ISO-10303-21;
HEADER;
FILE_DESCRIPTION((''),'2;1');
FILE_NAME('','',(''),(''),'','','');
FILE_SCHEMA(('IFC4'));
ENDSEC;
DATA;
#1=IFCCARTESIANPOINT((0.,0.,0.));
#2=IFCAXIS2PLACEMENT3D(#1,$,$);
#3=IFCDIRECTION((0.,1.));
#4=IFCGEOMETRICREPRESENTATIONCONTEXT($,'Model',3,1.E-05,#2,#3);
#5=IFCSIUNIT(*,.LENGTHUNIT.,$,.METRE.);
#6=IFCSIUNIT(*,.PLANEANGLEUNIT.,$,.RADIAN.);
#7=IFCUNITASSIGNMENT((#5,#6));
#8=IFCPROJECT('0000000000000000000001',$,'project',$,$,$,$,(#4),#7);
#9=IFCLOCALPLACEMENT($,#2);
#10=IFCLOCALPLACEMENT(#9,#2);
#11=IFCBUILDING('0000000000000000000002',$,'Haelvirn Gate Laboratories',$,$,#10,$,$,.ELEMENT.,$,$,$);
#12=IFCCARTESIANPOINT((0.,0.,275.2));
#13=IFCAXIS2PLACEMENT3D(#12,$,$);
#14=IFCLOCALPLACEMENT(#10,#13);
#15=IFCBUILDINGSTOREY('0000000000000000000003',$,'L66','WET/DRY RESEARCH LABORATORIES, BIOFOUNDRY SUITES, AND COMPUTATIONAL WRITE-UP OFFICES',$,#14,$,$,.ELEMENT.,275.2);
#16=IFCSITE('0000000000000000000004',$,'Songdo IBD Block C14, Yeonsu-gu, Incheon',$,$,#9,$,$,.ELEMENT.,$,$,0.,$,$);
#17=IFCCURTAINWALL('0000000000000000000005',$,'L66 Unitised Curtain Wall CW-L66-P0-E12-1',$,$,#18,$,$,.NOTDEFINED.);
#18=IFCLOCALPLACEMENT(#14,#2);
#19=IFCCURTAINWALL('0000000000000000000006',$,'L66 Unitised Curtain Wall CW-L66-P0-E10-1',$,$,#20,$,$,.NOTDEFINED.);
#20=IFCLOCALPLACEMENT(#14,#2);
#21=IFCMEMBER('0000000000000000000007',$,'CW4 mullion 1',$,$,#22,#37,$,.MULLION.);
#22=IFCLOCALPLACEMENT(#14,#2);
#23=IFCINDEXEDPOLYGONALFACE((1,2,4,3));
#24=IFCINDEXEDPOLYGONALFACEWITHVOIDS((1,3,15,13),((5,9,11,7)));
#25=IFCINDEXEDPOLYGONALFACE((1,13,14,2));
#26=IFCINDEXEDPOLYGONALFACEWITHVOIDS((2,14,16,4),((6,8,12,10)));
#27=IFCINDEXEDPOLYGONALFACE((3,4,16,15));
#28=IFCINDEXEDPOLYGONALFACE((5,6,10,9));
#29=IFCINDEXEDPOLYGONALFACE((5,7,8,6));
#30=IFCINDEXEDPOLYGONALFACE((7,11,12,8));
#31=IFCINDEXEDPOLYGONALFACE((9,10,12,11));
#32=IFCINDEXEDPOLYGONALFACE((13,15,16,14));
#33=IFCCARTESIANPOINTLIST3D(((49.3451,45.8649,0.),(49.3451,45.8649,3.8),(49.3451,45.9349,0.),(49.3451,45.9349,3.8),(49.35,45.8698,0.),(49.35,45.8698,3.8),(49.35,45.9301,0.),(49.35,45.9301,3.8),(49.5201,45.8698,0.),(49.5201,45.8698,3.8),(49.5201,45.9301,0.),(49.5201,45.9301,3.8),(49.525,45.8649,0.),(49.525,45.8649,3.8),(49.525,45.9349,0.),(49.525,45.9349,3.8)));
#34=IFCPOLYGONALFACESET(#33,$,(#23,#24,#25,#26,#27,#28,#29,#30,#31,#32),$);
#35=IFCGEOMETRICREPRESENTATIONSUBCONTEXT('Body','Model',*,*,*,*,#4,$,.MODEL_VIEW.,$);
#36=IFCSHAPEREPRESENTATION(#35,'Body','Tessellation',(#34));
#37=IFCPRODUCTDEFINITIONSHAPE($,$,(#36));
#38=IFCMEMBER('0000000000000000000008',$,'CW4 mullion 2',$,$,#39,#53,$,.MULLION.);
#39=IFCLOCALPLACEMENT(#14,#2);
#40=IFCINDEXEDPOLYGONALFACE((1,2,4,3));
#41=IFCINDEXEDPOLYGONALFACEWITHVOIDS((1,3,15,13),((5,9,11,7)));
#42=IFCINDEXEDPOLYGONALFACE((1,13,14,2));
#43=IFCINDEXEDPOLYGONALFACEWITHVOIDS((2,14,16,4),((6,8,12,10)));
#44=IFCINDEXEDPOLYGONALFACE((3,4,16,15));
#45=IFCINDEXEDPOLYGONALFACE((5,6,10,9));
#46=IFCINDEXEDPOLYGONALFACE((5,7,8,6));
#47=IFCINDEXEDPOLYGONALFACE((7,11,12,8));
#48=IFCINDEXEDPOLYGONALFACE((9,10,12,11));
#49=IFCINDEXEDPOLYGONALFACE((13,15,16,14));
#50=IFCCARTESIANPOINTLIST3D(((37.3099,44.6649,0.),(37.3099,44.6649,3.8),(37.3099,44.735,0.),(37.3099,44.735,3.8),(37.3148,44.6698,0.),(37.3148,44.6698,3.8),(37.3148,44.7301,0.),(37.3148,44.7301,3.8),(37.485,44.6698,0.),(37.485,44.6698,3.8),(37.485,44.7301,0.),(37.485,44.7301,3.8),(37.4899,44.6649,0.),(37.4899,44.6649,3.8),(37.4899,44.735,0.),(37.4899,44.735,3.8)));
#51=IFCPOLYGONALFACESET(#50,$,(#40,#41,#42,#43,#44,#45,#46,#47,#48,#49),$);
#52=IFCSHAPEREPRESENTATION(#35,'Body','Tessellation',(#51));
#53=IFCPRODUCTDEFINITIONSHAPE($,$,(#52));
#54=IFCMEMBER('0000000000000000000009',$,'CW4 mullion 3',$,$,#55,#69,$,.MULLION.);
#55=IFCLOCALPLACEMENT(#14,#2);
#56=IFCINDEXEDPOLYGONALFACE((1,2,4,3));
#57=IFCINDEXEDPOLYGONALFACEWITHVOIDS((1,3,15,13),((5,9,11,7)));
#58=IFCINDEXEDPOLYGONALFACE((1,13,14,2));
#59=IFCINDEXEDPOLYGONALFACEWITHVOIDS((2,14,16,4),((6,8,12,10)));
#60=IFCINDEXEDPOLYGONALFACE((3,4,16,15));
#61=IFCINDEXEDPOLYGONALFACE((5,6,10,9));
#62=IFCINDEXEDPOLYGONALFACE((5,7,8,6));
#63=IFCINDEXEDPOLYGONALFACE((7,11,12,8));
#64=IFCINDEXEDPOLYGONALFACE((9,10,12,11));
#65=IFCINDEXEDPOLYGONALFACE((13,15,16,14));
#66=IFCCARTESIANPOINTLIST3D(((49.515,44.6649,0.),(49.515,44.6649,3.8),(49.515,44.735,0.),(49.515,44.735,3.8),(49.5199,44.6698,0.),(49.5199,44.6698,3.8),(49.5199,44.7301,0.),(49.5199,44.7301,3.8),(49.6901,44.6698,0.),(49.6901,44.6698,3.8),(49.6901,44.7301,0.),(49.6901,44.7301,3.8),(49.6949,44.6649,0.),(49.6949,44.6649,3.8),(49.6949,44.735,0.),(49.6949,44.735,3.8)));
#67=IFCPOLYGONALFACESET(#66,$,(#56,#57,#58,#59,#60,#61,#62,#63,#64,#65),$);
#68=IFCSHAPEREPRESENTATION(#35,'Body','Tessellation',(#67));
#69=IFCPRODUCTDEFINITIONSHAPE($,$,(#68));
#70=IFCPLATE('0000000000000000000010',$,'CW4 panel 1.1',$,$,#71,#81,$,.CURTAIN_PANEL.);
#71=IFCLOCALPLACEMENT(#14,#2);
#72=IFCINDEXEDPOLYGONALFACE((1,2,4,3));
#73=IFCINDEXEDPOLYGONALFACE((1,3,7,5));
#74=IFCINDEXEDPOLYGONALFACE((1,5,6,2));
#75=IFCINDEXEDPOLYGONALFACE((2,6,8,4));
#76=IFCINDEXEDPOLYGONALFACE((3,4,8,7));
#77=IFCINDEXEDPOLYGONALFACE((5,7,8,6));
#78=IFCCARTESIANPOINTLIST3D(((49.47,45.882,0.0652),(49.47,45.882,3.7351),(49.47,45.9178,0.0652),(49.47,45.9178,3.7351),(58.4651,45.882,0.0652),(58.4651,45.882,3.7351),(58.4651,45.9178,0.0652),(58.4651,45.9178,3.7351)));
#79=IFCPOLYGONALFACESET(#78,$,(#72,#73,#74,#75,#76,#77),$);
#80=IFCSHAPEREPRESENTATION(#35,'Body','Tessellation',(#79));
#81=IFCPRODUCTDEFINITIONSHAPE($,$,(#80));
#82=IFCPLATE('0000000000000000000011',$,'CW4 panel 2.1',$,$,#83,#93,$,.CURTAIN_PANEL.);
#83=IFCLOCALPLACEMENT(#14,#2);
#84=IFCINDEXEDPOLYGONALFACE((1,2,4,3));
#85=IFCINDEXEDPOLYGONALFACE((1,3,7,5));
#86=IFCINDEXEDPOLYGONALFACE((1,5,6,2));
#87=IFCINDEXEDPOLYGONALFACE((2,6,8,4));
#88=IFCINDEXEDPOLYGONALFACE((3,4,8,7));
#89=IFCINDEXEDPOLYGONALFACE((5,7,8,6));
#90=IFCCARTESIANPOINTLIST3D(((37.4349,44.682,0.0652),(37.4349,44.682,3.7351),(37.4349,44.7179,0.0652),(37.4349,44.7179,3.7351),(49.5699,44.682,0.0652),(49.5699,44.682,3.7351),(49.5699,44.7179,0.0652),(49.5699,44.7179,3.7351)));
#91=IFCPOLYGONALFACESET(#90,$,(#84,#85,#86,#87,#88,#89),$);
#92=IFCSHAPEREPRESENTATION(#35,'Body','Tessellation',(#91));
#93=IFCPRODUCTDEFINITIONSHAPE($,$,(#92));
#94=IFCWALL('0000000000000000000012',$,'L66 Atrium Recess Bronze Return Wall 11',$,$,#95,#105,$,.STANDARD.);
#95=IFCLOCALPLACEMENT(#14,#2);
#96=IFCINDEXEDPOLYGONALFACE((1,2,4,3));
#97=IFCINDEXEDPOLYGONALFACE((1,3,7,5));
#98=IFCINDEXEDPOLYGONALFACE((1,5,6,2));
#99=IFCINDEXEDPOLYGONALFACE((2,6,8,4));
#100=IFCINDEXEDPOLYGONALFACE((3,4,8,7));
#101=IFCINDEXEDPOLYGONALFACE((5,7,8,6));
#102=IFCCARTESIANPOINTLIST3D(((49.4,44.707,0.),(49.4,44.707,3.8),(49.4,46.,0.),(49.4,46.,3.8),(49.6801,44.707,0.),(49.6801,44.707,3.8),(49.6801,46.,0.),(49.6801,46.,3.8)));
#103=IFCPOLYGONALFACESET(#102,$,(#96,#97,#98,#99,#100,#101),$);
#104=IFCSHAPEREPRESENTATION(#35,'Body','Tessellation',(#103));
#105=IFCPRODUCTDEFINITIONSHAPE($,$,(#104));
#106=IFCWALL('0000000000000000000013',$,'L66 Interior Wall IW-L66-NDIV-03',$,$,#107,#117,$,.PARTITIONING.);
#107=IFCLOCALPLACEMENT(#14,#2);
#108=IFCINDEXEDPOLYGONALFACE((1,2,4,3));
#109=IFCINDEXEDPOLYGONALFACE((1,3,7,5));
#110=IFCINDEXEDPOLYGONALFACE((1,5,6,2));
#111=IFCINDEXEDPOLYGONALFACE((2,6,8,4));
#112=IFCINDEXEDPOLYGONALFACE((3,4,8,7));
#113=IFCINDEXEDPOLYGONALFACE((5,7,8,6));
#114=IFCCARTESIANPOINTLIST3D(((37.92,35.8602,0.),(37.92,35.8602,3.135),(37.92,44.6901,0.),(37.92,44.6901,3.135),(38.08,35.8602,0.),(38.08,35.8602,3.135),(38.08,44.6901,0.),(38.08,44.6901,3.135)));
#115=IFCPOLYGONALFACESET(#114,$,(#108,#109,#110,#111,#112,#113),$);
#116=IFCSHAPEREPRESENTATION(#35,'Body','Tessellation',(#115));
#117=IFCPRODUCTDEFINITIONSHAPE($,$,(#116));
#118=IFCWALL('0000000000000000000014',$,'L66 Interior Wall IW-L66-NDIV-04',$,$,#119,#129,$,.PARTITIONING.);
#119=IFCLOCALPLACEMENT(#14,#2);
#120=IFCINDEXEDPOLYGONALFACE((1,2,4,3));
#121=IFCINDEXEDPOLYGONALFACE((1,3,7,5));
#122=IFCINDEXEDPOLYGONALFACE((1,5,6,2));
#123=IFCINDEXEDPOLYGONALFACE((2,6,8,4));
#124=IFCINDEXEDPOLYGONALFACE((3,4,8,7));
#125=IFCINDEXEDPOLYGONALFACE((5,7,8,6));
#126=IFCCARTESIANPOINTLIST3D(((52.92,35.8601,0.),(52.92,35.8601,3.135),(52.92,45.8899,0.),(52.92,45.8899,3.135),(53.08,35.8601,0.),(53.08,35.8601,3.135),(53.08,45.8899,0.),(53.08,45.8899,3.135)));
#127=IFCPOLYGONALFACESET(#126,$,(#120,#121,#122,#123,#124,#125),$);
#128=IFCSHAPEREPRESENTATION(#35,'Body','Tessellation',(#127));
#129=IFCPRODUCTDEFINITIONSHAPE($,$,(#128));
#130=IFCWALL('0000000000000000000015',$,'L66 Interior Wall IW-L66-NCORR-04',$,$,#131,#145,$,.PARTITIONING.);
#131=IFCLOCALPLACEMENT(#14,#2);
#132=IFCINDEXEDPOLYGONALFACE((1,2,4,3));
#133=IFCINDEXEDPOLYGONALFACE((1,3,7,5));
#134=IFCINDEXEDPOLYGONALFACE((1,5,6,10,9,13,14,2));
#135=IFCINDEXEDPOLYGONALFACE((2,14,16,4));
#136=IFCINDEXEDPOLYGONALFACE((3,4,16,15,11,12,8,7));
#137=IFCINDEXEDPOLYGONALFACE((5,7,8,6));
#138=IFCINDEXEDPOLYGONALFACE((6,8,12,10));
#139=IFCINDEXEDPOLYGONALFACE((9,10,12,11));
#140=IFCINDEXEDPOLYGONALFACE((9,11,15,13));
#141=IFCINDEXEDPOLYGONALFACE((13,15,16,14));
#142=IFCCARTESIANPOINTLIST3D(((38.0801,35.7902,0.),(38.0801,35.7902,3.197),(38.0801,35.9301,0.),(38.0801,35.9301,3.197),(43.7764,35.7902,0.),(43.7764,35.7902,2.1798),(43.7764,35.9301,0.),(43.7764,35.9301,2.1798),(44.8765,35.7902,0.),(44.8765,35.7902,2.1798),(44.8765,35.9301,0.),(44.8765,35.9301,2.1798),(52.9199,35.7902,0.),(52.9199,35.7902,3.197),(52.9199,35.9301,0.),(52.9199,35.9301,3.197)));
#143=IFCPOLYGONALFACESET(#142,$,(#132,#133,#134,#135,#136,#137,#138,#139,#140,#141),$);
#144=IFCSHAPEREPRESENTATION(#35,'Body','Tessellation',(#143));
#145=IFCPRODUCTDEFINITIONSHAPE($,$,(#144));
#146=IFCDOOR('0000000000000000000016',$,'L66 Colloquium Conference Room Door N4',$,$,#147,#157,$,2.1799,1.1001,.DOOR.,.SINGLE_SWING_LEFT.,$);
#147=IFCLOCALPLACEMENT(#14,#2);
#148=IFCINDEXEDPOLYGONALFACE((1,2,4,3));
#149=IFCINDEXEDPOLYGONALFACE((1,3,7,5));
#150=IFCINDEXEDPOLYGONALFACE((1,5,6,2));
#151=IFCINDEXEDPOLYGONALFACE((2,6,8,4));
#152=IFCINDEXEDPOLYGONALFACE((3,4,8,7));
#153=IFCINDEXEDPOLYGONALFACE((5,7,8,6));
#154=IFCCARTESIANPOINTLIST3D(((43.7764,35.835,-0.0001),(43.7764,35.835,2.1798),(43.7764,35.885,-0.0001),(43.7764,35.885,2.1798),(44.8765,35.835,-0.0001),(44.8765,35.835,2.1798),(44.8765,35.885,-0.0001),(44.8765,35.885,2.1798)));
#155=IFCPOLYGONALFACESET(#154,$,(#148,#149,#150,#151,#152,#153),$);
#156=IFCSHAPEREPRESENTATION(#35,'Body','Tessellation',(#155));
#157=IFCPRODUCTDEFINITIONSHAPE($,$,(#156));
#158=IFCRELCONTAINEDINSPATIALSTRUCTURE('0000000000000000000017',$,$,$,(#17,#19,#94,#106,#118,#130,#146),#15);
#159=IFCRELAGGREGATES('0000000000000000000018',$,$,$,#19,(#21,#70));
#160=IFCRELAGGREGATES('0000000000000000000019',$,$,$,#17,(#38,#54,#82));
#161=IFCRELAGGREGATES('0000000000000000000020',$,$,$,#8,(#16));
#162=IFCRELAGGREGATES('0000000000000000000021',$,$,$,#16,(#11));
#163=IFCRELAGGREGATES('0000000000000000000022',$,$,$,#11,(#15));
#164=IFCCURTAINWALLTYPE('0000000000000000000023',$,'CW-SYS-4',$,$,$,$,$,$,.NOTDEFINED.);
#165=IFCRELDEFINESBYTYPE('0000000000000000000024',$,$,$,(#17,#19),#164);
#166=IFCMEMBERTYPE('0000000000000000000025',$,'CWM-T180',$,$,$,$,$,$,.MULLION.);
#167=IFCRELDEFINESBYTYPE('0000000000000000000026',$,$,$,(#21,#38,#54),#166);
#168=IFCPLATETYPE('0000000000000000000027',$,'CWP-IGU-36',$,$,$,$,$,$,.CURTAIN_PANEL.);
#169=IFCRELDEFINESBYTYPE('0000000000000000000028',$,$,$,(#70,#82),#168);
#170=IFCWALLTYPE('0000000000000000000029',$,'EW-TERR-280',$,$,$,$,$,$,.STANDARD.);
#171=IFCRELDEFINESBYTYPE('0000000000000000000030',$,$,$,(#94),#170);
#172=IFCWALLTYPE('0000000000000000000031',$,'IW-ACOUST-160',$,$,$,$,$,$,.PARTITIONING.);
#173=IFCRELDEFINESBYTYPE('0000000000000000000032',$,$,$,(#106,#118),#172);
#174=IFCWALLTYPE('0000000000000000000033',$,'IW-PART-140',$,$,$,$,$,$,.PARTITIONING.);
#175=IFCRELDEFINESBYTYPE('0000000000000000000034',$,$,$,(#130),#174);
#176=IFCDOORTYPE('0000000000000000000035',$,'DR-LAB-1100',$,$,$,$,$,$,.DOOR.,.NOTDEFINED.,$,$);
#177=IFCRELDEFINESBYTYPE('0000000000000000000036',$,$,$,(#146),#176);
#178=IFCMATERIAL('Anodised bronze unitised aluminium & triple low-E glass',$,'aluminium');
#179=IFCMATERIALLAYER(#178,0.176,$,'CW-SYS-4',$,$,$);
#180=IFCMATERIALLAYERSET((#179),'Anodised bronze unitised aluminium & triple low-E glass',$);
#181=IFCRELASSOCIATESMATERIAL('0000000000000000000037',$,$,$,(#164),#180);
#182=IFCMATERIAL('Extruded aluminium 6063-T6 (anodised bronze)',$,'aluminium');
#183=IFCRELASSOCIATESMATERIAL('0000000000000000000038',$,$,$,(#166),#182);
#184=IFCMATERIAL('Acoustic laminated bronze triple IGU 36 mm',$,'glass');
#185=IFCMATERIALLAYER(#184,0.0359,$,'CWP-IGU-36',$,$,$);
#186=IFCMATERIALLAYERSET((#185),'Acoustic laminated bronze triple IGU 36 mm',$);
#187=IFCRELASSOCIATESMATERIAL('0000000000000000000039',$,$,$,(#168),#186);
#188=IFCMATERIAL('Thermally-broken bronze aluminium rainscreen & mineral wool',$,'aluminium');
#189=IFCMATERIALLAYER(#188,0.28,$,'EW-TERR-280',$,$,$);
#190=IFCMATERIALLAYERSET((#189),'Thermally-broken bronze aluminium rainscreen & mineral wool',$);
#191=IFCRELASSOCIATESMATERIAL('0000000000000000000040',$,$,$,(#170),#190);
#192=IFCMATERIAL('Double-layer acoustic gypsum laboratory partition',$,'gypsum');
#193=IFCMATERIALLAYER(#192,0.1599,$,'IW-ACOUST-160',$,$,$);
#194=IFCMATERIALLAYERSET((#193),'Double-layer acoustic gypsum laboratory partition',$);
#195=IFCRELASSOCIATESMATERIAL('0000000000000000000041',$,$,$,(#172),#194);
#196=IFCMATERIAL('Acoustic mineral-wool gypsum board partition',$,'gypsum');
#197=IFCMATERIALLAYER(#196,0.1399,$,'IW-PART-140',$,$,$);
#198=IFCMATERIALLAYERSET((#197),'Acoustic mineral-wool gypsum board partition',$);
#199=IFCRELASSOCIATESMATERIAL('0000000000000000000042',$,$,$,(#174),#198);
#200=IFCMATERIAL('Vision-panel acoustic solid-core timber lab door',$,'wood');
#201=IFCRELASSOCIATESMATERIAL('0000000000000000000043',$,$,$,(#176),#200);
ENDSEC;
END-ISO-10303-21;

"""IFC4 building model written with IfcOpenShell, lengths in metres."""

from ifc_helpers import new_model, si_unit, direction, frame, frame_2d, origin, origin_2d, place, context, subcontext, project, spatial, rectangle, hollow_rectangle, extrude, source, transform, mapped, material, layer, layer_set, material_profile, profile_set, type_object, type_shapes, element, fill, aggregate, save


model = new_model("IFC4")

# Units and contexts
model_context = context("Model", 3, precision=1e-05, world=origin(), true_north=direction((0.0, 1.0)))
body_context = subcontext(model_context, "Body", "Model", "MODEL_VIEW")
ifc_project = project(units=[si_unit("LENGTHUNIT", "METRE"), si_unit("PLANEANGLEUNIT", "RADIAN")], contexts=[model_context])

# Site, building, storey
site_placement = place(None, origin())
site = spatial("IfcSite", under=ifc_project, at=site_placement, Name="Songdo IBD Block C14, Yeonsu-gu, Incheon", CompositionType="ELEMENT", RefElevation=0.0)
building_placement = place(site_placement, origin())
building = spatial("IfcBuilding", under=site, at=building_placement, Name="Haelvirn Gate Laboratories", CompositionType="ELEMENT")
storey_placement = place(building_placement, frame((0.0, 0.0, 275.2)))
storey = spatial("IfcBuildingStorey", under=building, at=storey_placement, Name="L66", Description="WET/DRY RESEARCH LABORATORIES, BIOFOUNDRY SUITES, AND COMPUTATIONAL WRITE-UP OFFICES", CompositionType="ELEMENT", Elevation=275.2)

# Curtain walls, member
ifc_material_1 = material(Name="Anodised bronze unitised aluminium & triple low-E glass", Category="aluminium")
ifc_layer_1 = layer(ifc_material_1, 0.176, Name="CW-SYS-4")
ifc_layer_set_1 = layer_set([ifc_layer_1], Name="Anodised bronze unitised aluminium & triple low-E glass")
curtain_wall_type = type_object("IfcCurtainWallType", Name="CW-SYS-4", PredefinedType="NOTDEFINED", material=ifc_layer_set_1)
curtain_wall_1_placement = place(storey_placement, origin())
curtain_wall_1 = element("IfcCurtainWall", 1, at=curtain_wall_1_placement, inside=storey, type_object=curtain_wall_type, Name="L66 Unitised Curtain Wall CW-L66-P0-E12-1", PredefinedType="NOTDEFINED")
ifc_material_2 = material(Name="Extruded aluminium 6063-T6 (anodised bronze)", Category="aluminium")
curtain_wall_2_placement = place(storey_placement, origin())
curtain_wall_2 = element("IfcCurtainWall", 2, at=curtain_wall_2_placement, inside=storey, type_object=curtain_wall_type, Name="L66 Unitised Curtain Wall CW-L66-P0-E10-1", PredefinedType="NOTDEFINED")
ifc_material_profile_1 = material_profile(ifc_material_2, hollow_rectangle(XDim=0.0701, YDim=0.1799, WallThickness=0.0049, at=origin_2d()), Name="CWM-180x70x5")
ifc_profile_set_1 = profile_set([ifc_material_profile_1], Name="Extruded aluminium 6063-T6 (anodised bronze)")
member_type_1 = type_object("IfcMemberType", Name="CWM-T180", PredefinedType="MULLION", material=ifc_profile_set_1)
shared_shape_1 = source(origin(), body_context, "Body", "SweptSolid", [
    extrude(hollow_rectangle(XDim=0.0701, YDim=0.1799, WallThickness=0.0049, at=origin_2d()), origin(), (0.0, 0.0, 1.0), 3.8),
])
type_shapes(member_type_1, [shared_shape_1])
member_1_placement = place(storey_placement, frame((49.4351, 45.8999, 0.0), z_axis=(0.0, 0.0, 1.0), x_axis=(0.0, 1.0, 0.0)))
member_1 = element("IfcMember", 3, at=member_1_placement, type_object=member_type_1, Name="CW4 mullion 1", PredefinedType="MULLION", context=body_context, shape_type="MappedRepresentation", body=[
    mapped(shared_shape_1, transform((0.0, 0.0, 0.0), scale=1.0)),
])

# Members
member_2_placement = place(storey_placement, frame((37.3999, 44.7, 0.0), z_axis=(0.0, 0.0, 1.0), x_axis=(0.0, 1.0, 0.0)))
member_2 = element("IfcMember", 4, at=member_2_placement, type_object=member_type_1, Name="CW4 mullion 2", PredefinedType="MULLION", context=body_context, shape_type="MappedRepresentation", body=[
    mapped(shared_shape_1, transform((0.0, 0.0, 0.0), scale=1.0)),
])
member_3_placement = place(storey_placement, frame((49.605, 44.7, 0.0), z_axis=(0.0, 0.0, 1.0), x_axis=(0.0, 1.0, 0.0)))
member_3 = element("IfcMember", 5, at=member_3_placement, type_object=member_type_1, Name="CW4 mullion 3", PredefinedType="MULLION", context=body_context, shape_type="MappedRepresentation", body=[
    mapped(shared_shape_1, transform((0.0, 0.0, 0.0), scale=1.0)),
])

# Plates
ifc_material_3 = material(Name="Acoustic laminated bronze triple IGU 36 mm", Category="glass")
ifc_layer_2 = layer(ifc_material_3, 0.0359, Name="CWP-IGU-36")
ifc_layer_set_2 = layer_set([ifc_layer_2], Name="Acoustic laminated bronze triple IGU 36 mm")
plate_type = type_object("IfcPlateType", Name="CWP-IGU-36", PredefinedType="CURTAIN_PANEL", material=ifc_layer_set_2)
shared_shape_2 = source(origin(), body_context, "Body", "SweptSolid", [
    extrude(rectangle(XDim=8.9951, YDim=0.0359, at=origin_2d()), origin(), (0.0, 0.0, 1.0), 3.6699),
])
plate_1_placement = place(storey_placement, frame((53.9675, 45.8999, 0.0652), z_axis=(0.0, 0.0, 1.0), x_axis=(1.0, 0.0, 0.0)))
plate_1 = element("IfcPlate", 6, at=plate_1_placement, type_object=plate_type, Name="CW4 panel 1.1", PredefinedType="CURTAIN_PANEL", context=body_context, shape_type="MappedRepresentation", body=[
    mapped(shared_shape_2, transform((0.0, 0.0, 0.0), scale=1.0)),
])
aggregate(curtain_wall_2, [member_1, plate_1])
shared_shape_3 = source(origin(), body_context, "Body", "SweptSolid", [
    extrude(rectangle(XDim=12.135, YDim=0.0359, at=origin_2d()), origin(), (0.0, 0.0, 1.0), 3.6699),
])
type_shapes(plate_type, [shared_shape_2, shared_shape_3])
plate_2_placement = place(storey_placement, frame((43.5024, 44.7, 0.0652), z_axis=(0.0, 0.0, 1.0), x_axis=(1.0, 0.0, 0.0)))
plate_2 = element("IfcPlate", 7, at=plate_2_placement, type_object=plate_type, Name="CW4 panel 2.1", PredefinedType="CURTAIN_PANEL", context=body_context, shape_type="MappedRepresentation", body=[
    mapped(shared_shape_3, transform((0.0, 0.0, 0.0), scale=1.0)),
])
aggregate(curtain_wall_1, [member_2, member_3, plate_2])

# Walls
ifc_material_4 = material(Name="Thermally-broken bronze aluminium rainscreen & mineral wool", Category="aluminium")
ifc_layer_3 = layer(ifc_material_4, 0.28, Name="EW-TERR-280")
ifc_layer_set_3 = layer_set([ifc_layer_3], Name="Thermally-broken bronze aluminium rainscreen & mineral wool")
wall_type_1 = type_object("IfcWallType", Name="EW-TERR-280", PredefinedType="STANDARD", material=ifc_layer_set_3)
wall_1_placement = place(storey_placement, frame((49.54, 46.0, 0.0), z_axis=(0.0, 0.0, 1.0), x_axis=(0.0, -1.0, 0.0)))
element("IfcWall", 8, at=wall_1_placement, inside=storey, type_object=wall_type_1, Name="L66 Atrium Recess Bronze Return Wall 11", PredefinedType="STANDARD", context=body_context, shape_type="SweptSolid", body=[
    extrude(rectangle(XDim=1.293, YDim=0.28, at=frame_2d((0.6465, 0.0))), origin(), (0.0, 0.0, 1.0), 3.8),
])
ifc_material_5 = material(Name="Double-layer acoustic gypsum laboratory partition", Category="gypsum")
ifc_layer_4 = layer(ifc_material_5, 0.1599, Name="IW-ACOUST-160")
ifc_layer_set_4 = layer_set([ifc_layer_4], Name="Double-layer acoustic gypsum laboratory partition")
wall_type_2 = type_object("IfcWallType", Name="IW-ACOUST-160", PredefinedType="PARTITIONING", material=ifc_layer_set_4)
wall_2_placement = place(storey_placement, frame((38.0, 35.8601, 0.0), z_axis=(0.0, 0.0, 1.0), x_axis=(0.0, 1.0, 0.0)))
element("IfcWall", 9, at=wall_2_placement, inside=storey, type_object=wall_type_2, Name="L66 Interior Wall IW-L66-NDIV-03", PredefinedType="PARTITIONING", context=body_context, shape_type="SweptSolid", body=[
    extrude(rectangle(XDim=8.8298, YDim=0.1599, at=frame_2d((4.415, 0.0))), origin(), (0.0, 0.0, 1.0), 3.135),
])
wall_3_placement = place(storey_placement, frame((53.0, 35.8601, 0.0), z_axis=(0.0, 0.0, 1.0), x_axis=(0.0, 1.0, 0.0)))
element("IfcWall", 10, at=wall_3_placement, inside=storey, type_object=wall_type_2, Name="L66 Interior Wall IW-L66-NDIV-04", PredefinedType="PARTITIONING", context=body_context, shape_type="SweptSolid", body=[
    extrude(rectangle(XDim=10.0298, YDim=0.1599, at=frame_2d((5.0149, 0.0))), origin(), (0.0, 0.0, 1.0), 3.135),
])

# Wall, opening, door
ifc_material_6 = material(Name="Acoustic mineral-wool gypsum board partition", Category="gypsum")
ifc_layer_5 = layer(ifc_material_6, 0.1399, Name="IW-PART-140")
ifc_layer_set_5 = layer_set([ifc_layer_5], Name="Acoustic mineral-wool gypsum board partition")
wall_type_3 = type_object("IfcWallType", Name="IW-PART-140", PredefinedType="PARTITIONING", material=ifc_layer_set_5)
wall_4_placement = place(storey_placement, frame((38.0801, 35.8601, 0.0), z_axis=(0.0, 0.0, 1.0), x_axis=(1.0, 0.0, 0.0)))
wall_4 = element("IfcWall", 11, at=wall_4_placement, inside=storey, type_object=wall_type_3, Name="L66 Interior Wall IW-L66-NCORR-04", PredefinedType="PARTITIONING", context=body_context, shape_type="SweptSolid", body=[
    extrude(rectangle(XDim=14.8398, YDim=0.1399, at=frame_2d((7.4199, 0.0))), origin(), (0.0, 0.0, 1.0), 3.197),
])
opening_1_placement = place(wall_4_placement, frame((5.6963, 0.0, 0.0)))
opening_1 = element("IfcOpeningElement", 12, at=opening_1_placement, cuts=wall_4, PredefinedType="OPENING", context=body_context, shape_type="SweptSolid", body=[
    extrude(rectangle(XDim=1.1001, YDim=2.1799, at=frame_2d((0.55, 1.0898))), frame((0.0, 0.0801, 0.0), z_axis=(0.0, -1.0, 0.0), x_axis=(1.0, 0.0, 0.0)), (0.0, 0.0, 1.0), 0.1599),
])
ifc_material_7 = material(Name="Vision-panel acoustic solid-core timber lab door", Category="wood")
door_type = type_object("IfcDoorType", Name="DR-LAB-1100", OperationType="NOTDEFINED", PredefinedType="DOOR", material=ifc_material_7)
shared_shape_4 = source(origin(), body_context, "Body", "SweptSolid", [
    extrude(rectangle(XDim=1.1001, YDim=2.1799, at=frame_2d((0.55, 1.0898))), frame((0.0, 0.0249, 0.0), z_axis=(0.0, -1.0, 0.0), x_axis=(1.0, 0.0, 0.0)), (0.0, 0.0, 1.0), 0.05),
])
type_shapes(door_type, [shared_shape_4])
door_1_placement = place(opening_1_placement, origin())
door_1 = element("IfcDoor", 13, at=door_1_placement, inside=storey, type_object=door_type, Name="L66 Colloquium Conference Room Door N4", OperationType="SINGLE_SWING_LEFT", OverallHeight=2.1799, OverallWidth=1.1001, PredefinedType="DOOR", context=body_context, shape_type="MappedRepresentation", body=[
    mapped(shared_shape_4, transform((0.0, 0.0, 0.0), scale=1.0)),
])
fill(opening_1, door_1)

save(model, "model.ifc")
